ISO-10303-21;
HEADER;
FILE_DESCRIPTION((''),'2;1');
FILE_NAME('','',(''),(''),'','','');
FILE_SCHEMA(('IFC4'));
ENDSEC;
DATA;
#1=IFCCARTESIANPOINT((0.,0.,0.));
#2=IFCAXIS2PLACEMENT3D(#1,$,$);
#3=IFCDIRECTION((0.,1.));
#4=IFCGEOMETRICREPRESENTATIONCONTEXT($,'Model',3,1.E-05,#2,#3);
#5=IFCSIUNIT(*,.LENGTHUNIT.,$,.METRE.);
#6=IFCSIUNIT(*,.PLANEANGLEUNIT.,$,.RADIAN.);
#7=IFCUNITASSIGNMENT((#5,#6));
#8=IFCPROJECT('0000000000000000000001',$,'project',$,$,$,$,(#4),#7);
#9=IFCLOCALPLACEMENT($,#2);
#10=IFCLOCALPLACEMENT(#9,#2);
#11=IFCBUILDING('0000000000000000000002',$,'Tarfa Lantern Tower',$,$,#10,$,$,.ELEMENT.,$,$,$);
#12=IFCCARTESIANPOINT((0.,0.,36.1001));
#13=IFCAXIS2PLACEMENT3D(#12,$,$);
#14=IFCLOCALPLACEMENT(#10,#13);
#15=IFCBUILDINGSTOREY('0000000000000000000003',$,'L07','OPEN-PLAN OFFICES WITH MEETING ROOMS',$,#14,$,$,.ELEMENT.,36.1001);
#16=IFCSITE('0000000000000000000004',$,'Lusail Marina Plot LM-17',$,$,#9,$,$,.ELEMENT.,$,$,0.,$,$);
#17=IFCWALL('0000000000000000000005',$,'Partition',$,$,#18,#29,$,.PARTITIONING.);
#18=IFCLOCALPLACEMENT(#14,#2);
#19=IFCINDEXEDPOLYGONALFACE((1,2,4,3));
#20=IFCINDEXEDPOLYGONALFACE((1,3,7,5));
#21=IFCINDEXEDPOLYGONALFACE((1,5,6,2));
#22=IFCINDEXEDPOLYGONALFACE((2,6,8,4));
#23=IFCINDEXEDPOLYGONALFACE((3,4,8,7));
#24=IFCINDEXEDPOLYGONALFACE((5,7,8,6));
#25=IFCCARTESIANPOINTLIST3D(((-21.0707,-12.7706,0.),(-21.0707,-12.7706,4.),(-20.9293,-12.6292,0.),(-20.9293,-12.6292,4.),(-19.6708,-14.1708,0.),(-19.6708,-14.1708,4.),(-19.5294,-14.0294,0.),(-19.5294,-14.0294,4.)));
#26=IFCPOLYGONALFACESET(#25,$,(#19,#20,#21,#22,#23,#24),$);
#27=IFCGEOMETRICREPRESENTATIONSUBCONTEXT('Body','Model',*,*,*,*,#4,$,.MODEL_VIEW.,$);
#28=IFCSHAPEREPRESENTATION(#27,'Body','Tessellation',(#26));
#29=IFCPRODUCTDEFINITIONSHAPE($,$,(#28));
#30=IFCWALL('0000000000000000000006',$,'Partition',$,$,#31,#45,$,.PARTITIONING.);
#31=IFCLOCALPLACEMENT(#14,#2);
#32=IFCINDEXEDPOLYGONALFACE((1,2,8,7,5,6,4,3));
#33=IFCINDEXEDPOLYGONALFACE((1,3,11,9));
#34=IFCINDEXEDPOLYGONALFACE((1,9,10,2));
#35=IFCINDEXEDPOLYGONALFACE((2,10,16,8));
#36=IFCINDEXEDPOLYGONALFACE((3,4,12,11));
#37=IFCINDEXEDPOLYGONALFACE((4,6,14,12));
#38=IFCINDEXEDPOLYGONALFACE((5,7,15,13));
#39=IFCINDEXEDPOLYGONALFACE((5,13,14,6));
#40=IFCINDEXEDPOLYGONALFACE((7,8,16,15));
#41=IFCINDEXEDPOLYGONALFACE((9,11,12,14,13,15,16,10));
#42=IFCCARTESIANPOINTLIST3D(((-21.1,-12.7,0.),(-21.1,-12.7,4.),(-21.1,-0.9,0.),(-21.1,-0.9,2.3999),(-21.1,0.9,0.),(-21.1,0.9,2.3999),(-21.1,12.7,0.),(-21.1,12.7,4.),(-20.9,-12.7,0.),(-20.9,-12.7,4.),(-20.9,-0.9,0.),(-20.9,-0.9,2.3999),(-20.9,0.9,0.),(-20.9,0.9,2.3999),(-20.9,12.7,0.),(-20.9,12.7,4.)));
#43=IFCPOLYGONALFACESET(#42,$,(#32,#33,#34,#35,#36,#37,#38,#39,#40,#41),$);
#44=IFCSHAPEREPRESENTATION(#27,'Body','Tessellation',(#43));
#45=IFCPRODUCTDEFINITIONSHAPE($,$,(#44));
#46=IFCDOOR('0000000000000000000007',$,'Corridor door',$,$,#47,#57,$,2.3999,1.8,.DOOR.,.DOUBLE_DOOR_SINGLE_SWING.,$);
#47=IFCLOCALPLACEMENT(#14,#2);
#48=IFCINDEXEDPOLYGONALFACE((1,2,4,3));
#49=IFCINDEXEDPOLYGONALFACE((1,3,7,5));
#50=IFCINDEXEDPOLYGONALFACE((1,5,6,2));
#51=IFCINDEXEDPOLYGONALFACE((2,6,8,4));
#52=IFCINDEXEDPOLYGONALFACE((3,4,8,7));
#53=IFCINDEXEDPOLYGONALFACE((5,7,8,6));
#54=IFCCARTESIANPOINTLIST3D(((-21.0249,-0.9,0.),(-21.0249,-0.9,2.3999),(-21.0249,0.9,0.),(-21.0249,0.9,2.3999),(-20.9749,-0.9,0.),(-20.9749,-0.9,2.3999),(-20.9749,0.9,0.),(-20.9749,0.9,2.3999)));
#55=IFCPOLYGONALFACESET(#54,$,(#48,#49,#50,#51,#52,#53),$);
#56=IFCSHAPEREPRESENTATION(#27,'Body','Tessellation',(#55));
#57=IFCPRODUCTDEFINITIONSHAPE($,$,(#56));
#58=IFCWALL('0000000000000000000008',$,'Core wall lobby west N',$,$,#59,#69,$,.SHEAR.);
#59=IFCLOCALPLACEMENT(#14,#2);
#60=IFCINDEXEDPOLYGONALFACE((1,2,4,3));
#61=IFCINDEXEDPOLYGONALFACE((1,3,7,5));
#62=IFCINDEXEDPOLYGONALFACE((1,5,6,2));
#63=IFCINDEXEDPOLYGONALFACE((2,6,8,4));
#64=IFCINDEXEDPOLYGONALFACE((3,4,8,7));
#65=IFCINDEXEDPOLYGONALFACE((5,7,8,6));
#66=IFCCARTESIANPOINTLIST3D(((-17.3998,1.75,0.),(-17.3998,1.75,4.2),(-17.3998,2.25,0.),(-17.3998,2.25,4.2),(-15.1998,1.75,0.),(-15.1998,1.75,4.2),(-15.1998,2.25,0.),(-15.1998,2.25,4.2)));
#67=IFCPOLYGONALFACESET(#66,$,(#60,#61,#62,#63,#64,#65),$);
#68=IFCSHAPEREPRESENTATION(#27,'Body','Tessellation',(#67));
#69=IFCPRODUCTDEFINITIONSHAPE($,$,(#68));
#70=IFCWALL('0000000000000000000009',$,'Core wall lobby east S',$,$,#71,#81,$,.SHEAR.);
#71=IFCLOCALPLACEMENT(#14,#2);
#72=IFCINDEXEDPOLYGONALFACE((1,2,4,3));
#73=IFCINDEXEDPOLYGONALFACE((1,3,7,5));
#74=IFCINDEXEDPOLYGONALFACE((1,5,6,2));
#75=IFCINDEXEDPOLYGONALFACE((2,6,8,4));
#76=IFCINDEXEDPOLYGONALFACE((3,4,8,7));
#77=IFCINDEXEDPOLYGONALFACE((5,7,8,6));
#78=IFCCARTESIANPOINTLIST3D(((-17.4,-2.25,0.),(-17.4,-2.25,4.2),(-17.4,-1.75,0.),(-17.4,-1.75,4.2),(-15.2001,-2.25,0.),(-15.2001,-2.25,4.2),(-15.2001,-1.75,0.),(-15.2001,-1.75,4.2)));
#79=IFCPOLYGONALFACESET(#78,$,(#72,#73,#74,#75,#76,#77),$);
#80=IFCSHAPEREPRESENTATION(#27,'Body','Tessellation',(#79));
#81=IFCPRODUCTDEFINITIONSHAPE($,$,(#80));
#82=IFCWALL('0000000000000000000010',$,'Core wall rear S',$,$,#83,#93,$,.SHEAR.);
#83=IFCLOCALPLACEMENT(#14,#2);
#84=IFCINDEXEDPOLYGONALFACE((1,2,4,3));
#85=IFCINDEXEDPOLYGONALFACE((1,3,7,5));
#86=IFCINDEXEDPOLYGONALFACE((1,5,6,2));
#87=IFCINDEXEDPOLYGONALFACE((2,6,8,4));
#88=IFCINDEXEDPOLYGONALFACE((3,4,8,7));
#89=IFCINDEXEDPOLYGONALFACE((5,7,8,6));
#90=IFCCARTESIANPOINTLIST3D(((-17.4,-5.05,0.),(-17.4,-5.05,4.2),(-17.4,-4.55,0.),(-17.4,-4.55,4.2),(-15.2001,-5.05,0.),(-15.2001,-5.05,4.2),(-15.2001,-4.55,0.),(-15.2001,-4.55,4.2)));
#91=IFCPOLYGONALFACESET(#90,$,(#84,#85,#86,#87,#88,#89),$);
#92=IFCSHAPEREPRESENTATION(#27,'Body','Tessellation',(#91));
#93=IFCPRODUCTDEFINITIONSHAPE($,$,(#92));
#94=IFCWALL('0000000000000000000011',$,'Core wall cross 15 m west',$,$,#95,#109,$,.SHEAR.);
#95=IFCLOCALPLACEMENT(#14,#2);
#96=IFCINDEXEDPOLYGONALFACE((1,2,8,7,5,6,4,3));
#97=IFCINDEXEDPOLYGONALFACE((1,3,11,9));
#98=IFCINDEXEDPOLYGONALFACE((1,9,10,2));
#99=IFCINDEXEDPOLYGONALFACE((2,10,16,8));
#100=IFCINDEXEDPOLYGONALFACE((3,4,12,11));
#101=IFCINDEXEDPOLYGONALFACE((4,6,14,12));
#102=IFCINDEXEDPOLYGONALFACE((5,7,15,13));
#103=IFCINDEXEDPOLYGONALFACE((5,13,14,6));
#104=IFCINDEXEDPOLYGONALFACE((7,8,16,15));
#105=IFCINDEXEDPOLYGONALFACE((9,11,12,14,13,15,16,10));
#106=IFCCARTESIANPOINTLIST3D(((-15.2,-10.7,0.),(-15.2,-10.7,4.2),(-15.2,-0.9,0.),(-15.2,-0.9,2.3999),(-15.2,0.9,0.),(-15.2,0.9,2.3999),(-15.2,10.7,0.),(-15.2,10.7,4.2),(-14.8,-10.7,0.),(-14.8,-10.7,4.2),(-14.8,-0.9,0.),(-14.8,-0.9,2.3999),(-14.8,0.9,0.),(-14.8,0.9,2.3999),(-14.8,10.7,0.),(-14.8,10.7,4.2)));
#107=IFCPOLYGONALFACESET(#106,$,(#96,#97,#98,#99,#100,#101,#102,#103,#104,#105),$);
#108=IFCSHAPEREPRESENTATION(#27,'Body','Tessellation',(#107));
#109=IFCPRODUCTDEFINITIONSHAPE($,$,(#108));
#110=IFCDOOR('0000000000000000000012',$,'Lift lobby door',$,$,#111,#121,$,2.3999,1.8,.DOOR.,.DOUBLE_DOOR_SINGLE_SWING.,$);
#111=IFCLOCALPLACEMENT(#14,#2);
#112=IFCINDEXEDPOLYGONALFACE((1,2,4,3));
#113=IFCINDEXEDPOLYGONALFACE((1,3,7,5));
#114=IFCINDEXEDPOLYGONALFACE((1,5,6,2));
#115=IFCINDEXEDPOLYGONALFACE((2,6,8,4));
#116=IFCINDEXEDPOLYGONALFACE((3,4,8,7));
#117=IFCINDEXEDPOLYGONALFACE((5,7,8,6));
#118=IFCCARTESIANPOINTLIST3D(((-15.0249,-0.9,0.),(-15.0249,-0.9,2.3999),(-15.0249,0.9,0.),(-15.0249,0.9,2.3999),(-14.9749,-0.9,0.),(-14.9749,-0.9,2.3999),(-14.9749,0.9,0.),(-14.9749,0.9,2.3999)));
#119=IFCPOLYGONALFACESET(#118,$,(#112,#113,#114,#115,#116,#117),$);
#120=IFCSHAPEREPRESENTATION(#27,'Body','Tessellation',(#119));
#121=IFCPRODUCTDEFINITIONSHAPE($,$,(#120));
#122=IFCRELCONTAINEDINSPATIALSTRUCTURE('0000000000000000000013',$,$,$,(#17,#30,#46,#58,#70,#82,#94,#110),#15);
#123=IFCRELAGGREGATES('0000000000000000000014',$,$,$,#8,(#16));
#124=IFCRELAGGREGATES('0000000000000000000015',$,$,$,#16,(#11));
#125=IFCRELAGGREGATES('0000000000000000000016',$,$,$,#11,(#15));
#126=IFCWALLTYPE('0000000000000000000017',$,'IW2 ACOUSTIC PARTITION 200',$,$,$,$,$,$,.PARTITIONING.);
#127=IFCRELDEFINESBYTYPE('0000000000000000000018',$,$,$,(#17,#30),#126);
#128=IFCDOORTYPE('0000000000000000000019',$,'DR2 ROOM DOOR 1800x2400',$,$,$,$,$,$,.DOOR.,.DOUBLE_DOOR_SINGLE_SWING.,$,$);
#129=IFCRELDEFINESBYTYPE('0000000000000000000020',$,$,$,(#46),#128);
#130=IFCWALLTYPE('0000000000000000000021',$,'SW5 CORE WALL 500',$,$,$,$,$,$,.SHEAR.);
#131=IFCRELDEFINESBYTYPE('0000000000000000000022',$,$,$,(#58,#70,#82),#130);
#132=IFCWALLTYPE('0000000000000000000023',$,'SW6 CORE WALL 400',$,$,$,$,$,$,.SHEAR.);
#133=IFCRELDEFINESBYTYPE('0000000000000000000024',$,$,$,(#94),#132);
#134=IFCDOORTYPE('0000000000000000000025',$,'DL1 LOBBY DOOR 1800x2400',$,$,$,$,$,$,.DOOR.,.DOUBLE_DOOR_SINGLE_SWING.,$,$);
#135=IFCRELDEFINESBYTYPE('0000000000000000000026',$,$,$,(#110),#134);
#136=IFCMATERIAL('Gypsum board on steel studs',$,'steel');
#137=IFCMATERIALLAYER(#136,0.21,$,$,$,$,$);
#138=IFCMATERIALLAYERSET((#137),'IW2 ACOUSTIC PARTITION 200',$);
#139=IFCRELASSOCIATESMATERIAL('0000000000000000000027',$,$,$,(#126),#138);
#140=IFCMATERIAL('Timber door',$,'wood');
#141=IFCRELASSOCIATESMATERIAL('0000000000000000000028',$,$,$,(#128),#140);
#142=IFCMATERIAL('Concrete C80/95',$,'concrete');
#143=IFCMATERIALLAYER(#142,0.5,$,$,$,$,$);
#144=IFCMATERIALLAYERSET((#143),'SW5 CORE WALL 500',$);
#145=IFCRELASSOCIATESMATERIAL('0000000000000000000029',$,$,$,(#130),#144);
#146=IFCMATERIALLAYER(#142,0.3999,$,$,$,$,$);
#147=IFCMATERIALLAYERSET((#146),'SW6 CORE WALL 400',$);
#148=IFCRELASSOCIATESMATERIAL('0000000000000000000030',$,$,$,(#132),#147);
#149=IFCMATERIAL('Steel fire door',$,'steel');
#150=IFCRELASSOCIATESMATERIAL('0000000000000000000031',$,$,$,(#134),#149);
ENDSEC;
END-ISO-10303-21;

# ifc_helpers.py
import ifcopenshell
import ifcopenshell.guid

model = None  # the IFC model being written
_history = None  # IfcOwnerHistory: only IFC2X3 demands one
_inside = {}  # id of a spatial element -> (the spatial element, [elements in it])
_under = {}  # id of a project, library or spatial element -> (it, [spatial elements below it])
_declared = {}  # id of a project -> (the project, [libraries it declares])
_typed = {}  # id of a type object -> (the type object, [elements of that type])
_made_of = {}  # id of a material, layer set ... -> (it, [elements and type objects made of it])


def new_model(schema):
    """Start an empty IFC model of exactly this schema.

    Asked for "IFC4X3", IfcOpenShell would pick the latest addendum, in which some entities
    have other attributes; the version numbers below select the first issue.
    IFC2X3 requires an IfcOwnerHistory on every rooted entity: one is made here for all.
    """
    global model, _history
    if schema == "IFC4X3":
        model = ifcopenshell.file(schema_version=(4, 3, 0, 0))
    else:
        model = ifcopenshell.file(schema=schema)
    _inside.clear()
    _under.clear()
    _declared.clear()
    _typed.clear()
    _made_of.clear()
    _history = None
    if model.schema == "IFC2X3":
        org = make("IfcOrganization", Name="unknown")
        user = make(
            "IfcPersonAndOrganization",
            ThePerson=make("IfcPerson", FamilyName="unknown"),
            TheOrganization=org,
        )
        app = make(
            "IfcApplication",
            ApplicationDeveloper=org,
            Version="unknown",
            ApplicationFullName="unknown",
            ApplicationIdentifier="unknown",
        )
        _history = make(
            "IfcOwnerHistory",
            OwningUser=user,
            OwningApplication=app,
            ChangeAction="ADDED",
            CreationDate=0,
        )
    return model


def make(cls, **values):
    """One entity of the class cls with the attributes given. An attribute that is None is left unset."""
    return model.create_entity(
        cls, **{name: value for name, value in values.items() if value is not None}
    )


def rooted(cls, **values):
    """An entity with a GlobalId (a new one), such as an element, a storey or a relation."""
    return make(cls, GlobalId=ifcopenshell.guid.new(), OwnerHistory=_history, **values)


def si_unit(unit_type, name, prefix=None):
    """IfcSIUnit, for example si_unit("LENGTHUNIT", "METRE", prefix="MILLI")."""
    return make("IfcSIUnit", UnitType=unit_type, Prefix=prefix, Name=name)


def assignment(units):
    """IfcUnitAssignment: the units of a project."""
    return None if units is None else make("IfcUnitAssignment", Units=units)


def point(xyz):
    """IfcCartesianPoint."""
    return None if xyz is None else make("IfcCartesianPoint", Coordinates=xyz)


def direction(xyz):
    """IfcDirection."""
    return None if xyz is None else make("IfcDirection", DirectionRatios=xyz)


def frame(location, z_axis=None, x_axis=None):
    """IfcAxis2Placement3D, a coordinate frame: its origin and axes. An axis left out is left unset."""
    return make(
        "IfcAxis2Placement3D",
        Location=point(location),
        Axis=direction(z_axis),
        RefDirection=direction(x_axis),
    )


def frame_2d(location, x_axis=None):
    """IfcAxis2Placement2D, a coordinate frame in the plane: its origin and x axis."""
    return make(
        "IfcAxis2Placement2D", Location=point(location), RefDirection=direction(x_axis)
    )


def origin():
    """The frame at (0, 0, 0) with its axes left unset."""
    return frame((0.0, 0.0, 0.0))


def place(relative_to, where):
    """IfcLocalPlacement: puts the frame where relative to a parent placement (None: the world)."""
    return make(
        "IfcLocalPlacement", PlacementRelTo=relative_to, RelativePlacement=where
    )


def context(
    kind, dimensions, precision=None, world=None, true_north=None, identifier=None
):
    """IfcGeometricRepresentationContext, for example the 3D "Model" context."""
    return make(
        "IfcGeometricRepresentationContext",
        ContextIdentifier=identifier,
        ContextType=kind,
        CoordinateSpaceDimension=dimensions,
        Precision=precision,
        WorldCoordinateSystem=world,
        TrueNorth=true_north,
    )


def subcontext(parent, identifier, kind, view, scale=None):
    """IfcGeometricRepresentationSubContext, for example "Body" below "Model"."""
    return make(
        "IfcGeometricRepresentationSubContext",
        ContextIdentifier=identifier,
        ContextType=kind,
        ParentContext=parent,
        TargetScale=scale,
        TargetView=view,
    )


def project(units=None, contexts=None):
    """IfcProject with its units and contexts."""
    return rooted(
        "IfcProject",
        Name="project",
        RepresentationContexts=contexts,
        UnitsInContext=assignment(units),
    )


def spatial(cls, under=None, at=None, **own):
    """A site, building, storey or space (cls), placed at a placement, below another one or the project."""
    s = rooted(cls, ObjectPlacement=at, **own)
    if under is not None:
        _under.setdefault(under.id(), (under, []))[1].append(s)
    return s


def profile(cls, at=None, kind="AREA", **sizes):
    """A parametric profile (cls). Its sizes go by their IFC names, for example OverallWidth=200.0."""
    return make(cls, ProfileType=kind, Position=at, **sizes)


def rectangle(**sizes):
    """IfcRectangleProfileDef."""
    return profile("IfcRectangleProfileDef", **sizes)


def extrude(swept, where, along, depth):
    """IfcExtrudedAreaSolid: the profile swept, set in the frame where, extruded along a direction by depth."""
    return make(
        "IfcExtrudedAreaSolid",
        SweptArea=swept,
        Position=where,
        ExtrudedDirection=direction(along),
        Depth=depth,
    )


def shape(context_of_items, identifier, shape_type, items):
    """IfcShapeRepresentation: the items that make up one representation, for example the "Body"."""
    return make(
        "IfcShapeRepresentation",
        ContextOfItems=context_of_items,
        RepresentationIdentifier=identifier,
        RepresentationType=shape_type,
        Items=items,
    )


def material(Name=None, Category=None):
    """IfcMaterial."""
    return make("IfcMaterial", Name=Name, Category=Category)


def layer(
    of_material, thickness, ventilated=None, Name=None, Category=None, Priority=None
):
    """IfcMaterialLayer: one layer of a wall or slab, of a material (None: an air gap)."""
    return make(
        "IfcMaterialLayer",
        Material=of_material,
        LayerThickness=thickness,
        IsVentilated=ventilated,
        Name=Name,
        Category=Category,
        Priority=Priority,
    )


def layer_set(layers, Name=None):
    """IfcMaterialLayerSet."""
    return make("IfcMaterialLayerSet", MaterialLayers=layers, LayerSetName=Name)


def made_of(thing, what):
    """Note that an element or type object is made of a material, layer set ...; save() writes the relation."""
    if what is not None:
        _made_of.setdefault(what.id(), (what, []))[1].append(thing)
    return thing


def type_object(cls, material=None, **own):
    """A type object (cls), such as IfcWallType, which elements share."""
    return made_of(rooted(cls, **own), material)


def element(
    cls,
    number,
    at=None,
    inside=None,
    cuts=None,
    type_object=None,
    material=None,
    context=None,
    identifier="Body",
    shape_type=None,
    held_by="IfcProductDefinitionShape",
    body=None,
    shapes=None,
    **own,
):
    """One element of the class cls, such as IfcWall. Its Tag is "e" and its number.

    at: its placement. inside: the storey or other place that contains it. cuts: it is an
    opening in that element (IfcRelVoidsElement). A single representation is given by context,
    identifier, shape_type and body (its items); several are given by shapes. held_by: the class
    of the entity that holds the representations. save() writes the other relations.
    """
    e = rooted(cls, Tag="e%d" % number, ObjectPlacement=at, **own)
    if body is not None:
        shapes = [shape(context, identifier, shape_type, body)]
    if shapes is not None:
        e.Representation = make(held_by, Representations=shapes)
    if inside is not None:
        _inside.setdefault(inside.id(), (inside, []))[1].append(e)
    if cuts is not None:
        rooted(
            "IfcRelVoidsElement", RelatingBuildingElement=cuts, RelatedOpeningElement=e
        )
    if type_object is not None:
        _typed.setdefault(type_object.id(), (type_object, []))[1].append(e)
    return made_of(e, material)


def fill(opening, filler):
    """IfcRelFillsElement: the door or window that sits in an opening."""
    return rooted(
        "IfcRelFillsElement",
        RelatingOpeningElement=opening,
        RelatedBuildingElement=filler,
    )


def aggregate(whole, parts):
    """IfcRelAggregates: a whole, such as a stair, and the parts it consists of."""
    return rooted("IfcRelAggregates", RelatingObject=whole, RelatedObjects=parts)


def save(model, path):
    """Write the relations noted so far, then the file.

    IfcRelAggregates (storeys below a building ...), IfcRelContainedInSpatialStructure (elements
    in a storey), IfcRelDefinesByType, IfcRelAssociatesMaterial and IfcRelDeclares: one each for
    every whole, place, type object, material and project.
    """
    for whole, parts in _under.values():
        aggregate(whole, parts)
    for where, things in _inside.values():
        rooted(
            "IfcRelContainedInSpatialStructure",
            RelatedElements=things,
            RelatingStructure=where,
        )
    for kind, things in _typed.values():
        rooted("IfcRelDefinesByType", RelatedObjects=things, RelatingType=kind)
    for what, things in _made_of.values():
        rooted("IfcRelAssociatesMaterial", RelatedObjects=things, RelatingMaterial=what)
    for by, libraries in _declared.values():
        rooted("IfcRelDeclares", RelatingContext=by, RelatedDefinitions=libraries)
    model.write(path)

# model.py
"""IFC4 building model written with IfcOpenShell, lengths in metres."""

from ifc_helpers import new_model, si_unit, direction, frame, frame_2d, origin, place, context, subcontext, project, spatial, rectangle, extrude, material, layer, layer_set, type_object, element, fill, save


model = new_model("IFC4")

# Units and contexts
model_context = context("Model", 3, precision=1e-05, world=origin(), true_north=direction((0.0, 1.0)))
body_context = subcontext(model_context, "Body", "Model", "MODEL_VIEW")
ifc_project = project(units=[si_unit("LENGTHUNIT", "METRE"), si_unit("PLANEANGLEUNIT", "RADIAN")], contexts=[model_context])

# Site, building, storey
site_placement = place(None, origin())
site = spatial("IfcSite", under=ifc_project, at=site_placement, Name="Lusail Marina Plot LM-17", CompositionType="ELEMENT", RefElevation=0.0)
building_placement = place(site_placement, origin())
building = spatial("IfcBuilding", under=site, at=building_placement, Name="Tarfa Lantern Tower", CompositionType="ELEMENT")
storey_placement = place(building_placement, frame((0.0, 0.0, 36.1001)))
storey = spatial("IfcBuildingStorey", under=building, at=storey_placement, Name="L07", Description="OPEN-PLAN OFFICES WITH MEETING ROOMS", CompositionType="ELEMENT", Elevation=36.1001)

# Shared definitions
ifc_material_1 = material(Name="Gypsum board on steel studs", Category="steel")
ifc_layer_1 = layer(ifc_material_1, 0.21)
ifc_layer_set_1 = layer_set([ifc_layer_1], Name="IW2 ACOUSTIC PARTITION 200")
wall_type_1 = type_object("IfcWallType", Name="IW2 ACOUSTIC PARTITION 200", PredefinedType="PARTITIONING", material=ifc_layer_set_1)
ifc_material_2 = material(Name="Timber door", Category="wood")

# Wall
wall_1_placement = place(storey_placement, frame((-19.6001, -14.1001, 0.0), z_axis=(0.0, 0.0, 1.0), x_axis=(-0.707045, 0.707168, 0.0)))
element("IfcWall", 1, at=wall_1_placement, inside=storey, type_object=wall_type_1, Name="Partition", PredefinedType="PARTITIONING", context=body_context, shape_type="SweptSolid", body=[
    extrude(rectangle(XDim=1.98, YDim=0.2, at=frame_2d((0.99, 0.0))), origin(), (0.0, 0.0, 1.0), 4.0),
])

# Wall, opening, door
wall_2_placement = place(storey_placement, frame((-21.0, -12.7, 0.0), z_axis=(0.0, 0.0, 1.0), x_axis=(0.0, 1.0, 0.0)))
wall_2 = element("IfcWall", 2, at=wall_2_placement, inside=storey, type_object=wall_type_1, Name="Partition", PredefinedType="PARTITIONING", context=body_context, shape_type="SweptSolid", body=[
    extrude(rectangle(XDim=25.3999, YDim=0.2, at=frame_2d((12.7, 0.0))), origin(), (0.0, 0.0, 1.0), 4.0),
])
opening_1_placement = place(wall_2_placement, frame((11.8, 0.0, 0.0)))
opening_1 = element("IfcOpeningElement", 3, at=opening_1_placement, cuts=wall_2, PredefinedType="OPENING", context=body_context, shape_type="SweptSolid", body=[
    extrude(rectangle(XDim=1.8, YDim=2.3999, at=frame_2d((0.8999, 1.2))), frame((0.0, 0.1099, 0.0), z_axis=(0.0, -1.0, 0.0), x_axis=(1.0, 0.0, 0.0)), (0.0, 0.0, 1.0), 0.22),
])
door_type_1 = type_object("IfcDoorType", Name="DR2 ROOM DOOR 1800x2400", OperationType="DOUBLE_DOOR_SINGLE_SWING", PredefinedType="DOOR", material=ifc_material_2)
door_1_placement = place(opening_1_placement, origin())
door_1 = element("IfcDoor", 4, at=door_1_placement, inside=storey, type_object=door_type_1, Name="Corridor door", OperationType="DOUBLE_DOOR_SINGLE_SWING", OverallHeight=2.3999, OverallWidth=1.8, PredefinedType="DOOR", context=body_context, shape_type="SweptSolid", body=[
    extrude(rectangle(XDim=1.8, YDim=2.3999, at=frame_2d((0.8999, 1.2))), frame((0.0, 0.0249, 0.0), z_axis=(0.0, -1.0, 0.0), x_axis=(1.0, 0.0, 0.0)), (0.0, 0.0, 1.0), 0.05),
])
fill(opening_1, door_1)

# Walls
ifc_material_3 = material(Name="Concrete C80/95", Category="concrete")
ifc_layer_2 = layer(ifc_material_3, 0.5)
ifc_layer_set_2 = layer_set([ifc_layer_2], Name="SW5 CORE WALL 500")
wall_type_2 = type_object("IfcWallType", Name="SW5 CORE WALL 500", PredefinedType="SHEAR", material=ifc_layer_set_2)
for number, where, z_axis, x_axis, name in (
    (5, (-17.3999, 2.0, 0.0), (0.0, 0.0, 1.0), (1.0, 0.0, 0.0), "Core wall lobby west N"),
    (6, (-15.2, -2.0, 0.0), (0.0, 0.0, 1.0), (-1.0, 0.0, 0.0), "Core wall lobby east S"),
    (7, (-15.2, -4.8, 0.0), (0.0, 0.0, 1.0), (-1.0, 0.0, 0.0), "Core wall rear S"),
):
    element("IfcWall", number, at=place(storey_placement, frame(where, z_axis=z_axis, x_axis=x_axis)), inside=storey, type_object=wall_type_2, Name=name, PredefinedType="SHEAR", context=body_context, shape_type="SweptSolid", body=[
        extrude(rectangle(XDim=2.2, YDim=0.5, at=frame_2d((1.1001, 0.0))), origin(), (0.0, 0.0, 1.0), 4.2),
    ])

# Wall, opening, door
ifc_layer_3 = layer(ifc_material_3, 0.3999)
ifc_layer_set_3 = layer_set([ifc_layer_3], Name="SW6 CORE WALL 400")
wall_type_3 = type_object("IfcWallType", Name="SW6 CORE WALL 400", PredefinedType="SHEAR", material=ifc_layer_set_3)
wall_3_placement = place(storey_placement, frame((-15.0, -10.7, 0.0), z_axis=(0.0, 0.0, 1.0), x_axis=(0.0, 1.0, 0.0)))
wall_3 = element("IfcWall", 8, at=wall_3_placement, inside=storey, type_object=wall_type_3, Name="Core wall cross 15 m west", PredefinedType="SHEAR", context=body_context, shape_type="SweptSolid", body=[
    extrude(rectangle(XDim=21.3999, YDim=0.3999, at=frame_2d((10.7, 0.0))), origin(), (0.0, 0.0, 1.0), 4.2),
])
opening_2_placement = place(wall_3_placement, frame((9.8, 0.0, 0.0)))
opening_2 = element("IfcOpeningElement", 9, at=opening_2_placement, cuts=wall_3, PredefinedType="OPENING", context=body_context, shape_type="SweptSolid", body=[
    extrude(rectangle(XDim=1.8, YDim=2.3999, at=frame_2d((0.8999, 1.2))), frame((0.0, 0.21, 0.0), z_axis=(0.0, -1.0, 0.0), x_axis=(1.0, 0.0, 0.0)), (0.0, 0.0, 1.0), 0.4199),
])
ifc_material_4 = material(Name="Steel fire door", Category="steel")
door_type_2 = type_object("IfcDoorType", Name="DL1 LOBBY DOOR 1800x2400", OperationType="DOUBLE_DOOR_SINGLE_SWING", PredefinedType="DOOR", material=ifc_material_4)
door_2_placement = place(opening_2_placement, origin())
door_2 = element("IfcDoor", 10, at=door_2_placement, inside=storey, type_object=door_type_2, Name="Lift lobby door", OperationType="DOUBLE_DOOR_SINGLE_SWING", OverallHeight=2.3999, OverallWidth=1.8, PredefinedType="DOOR", context=body_context, shape_type="SweptSolid", body=[
    extrude(rectangle(XDim=1.8, YDim=2.3999, at=frame_2d((0.8999, 1.2))), frame((0.0, 0.0249, 0.0), z_axis=(0.0, -1.0, 0.0), x_axis=(1.0, 0.0, 0.0)), (0.0, 0.0, 1.0), 0.05),
])
fill(opening_2, door_2)

save(model, "model.ifc")
